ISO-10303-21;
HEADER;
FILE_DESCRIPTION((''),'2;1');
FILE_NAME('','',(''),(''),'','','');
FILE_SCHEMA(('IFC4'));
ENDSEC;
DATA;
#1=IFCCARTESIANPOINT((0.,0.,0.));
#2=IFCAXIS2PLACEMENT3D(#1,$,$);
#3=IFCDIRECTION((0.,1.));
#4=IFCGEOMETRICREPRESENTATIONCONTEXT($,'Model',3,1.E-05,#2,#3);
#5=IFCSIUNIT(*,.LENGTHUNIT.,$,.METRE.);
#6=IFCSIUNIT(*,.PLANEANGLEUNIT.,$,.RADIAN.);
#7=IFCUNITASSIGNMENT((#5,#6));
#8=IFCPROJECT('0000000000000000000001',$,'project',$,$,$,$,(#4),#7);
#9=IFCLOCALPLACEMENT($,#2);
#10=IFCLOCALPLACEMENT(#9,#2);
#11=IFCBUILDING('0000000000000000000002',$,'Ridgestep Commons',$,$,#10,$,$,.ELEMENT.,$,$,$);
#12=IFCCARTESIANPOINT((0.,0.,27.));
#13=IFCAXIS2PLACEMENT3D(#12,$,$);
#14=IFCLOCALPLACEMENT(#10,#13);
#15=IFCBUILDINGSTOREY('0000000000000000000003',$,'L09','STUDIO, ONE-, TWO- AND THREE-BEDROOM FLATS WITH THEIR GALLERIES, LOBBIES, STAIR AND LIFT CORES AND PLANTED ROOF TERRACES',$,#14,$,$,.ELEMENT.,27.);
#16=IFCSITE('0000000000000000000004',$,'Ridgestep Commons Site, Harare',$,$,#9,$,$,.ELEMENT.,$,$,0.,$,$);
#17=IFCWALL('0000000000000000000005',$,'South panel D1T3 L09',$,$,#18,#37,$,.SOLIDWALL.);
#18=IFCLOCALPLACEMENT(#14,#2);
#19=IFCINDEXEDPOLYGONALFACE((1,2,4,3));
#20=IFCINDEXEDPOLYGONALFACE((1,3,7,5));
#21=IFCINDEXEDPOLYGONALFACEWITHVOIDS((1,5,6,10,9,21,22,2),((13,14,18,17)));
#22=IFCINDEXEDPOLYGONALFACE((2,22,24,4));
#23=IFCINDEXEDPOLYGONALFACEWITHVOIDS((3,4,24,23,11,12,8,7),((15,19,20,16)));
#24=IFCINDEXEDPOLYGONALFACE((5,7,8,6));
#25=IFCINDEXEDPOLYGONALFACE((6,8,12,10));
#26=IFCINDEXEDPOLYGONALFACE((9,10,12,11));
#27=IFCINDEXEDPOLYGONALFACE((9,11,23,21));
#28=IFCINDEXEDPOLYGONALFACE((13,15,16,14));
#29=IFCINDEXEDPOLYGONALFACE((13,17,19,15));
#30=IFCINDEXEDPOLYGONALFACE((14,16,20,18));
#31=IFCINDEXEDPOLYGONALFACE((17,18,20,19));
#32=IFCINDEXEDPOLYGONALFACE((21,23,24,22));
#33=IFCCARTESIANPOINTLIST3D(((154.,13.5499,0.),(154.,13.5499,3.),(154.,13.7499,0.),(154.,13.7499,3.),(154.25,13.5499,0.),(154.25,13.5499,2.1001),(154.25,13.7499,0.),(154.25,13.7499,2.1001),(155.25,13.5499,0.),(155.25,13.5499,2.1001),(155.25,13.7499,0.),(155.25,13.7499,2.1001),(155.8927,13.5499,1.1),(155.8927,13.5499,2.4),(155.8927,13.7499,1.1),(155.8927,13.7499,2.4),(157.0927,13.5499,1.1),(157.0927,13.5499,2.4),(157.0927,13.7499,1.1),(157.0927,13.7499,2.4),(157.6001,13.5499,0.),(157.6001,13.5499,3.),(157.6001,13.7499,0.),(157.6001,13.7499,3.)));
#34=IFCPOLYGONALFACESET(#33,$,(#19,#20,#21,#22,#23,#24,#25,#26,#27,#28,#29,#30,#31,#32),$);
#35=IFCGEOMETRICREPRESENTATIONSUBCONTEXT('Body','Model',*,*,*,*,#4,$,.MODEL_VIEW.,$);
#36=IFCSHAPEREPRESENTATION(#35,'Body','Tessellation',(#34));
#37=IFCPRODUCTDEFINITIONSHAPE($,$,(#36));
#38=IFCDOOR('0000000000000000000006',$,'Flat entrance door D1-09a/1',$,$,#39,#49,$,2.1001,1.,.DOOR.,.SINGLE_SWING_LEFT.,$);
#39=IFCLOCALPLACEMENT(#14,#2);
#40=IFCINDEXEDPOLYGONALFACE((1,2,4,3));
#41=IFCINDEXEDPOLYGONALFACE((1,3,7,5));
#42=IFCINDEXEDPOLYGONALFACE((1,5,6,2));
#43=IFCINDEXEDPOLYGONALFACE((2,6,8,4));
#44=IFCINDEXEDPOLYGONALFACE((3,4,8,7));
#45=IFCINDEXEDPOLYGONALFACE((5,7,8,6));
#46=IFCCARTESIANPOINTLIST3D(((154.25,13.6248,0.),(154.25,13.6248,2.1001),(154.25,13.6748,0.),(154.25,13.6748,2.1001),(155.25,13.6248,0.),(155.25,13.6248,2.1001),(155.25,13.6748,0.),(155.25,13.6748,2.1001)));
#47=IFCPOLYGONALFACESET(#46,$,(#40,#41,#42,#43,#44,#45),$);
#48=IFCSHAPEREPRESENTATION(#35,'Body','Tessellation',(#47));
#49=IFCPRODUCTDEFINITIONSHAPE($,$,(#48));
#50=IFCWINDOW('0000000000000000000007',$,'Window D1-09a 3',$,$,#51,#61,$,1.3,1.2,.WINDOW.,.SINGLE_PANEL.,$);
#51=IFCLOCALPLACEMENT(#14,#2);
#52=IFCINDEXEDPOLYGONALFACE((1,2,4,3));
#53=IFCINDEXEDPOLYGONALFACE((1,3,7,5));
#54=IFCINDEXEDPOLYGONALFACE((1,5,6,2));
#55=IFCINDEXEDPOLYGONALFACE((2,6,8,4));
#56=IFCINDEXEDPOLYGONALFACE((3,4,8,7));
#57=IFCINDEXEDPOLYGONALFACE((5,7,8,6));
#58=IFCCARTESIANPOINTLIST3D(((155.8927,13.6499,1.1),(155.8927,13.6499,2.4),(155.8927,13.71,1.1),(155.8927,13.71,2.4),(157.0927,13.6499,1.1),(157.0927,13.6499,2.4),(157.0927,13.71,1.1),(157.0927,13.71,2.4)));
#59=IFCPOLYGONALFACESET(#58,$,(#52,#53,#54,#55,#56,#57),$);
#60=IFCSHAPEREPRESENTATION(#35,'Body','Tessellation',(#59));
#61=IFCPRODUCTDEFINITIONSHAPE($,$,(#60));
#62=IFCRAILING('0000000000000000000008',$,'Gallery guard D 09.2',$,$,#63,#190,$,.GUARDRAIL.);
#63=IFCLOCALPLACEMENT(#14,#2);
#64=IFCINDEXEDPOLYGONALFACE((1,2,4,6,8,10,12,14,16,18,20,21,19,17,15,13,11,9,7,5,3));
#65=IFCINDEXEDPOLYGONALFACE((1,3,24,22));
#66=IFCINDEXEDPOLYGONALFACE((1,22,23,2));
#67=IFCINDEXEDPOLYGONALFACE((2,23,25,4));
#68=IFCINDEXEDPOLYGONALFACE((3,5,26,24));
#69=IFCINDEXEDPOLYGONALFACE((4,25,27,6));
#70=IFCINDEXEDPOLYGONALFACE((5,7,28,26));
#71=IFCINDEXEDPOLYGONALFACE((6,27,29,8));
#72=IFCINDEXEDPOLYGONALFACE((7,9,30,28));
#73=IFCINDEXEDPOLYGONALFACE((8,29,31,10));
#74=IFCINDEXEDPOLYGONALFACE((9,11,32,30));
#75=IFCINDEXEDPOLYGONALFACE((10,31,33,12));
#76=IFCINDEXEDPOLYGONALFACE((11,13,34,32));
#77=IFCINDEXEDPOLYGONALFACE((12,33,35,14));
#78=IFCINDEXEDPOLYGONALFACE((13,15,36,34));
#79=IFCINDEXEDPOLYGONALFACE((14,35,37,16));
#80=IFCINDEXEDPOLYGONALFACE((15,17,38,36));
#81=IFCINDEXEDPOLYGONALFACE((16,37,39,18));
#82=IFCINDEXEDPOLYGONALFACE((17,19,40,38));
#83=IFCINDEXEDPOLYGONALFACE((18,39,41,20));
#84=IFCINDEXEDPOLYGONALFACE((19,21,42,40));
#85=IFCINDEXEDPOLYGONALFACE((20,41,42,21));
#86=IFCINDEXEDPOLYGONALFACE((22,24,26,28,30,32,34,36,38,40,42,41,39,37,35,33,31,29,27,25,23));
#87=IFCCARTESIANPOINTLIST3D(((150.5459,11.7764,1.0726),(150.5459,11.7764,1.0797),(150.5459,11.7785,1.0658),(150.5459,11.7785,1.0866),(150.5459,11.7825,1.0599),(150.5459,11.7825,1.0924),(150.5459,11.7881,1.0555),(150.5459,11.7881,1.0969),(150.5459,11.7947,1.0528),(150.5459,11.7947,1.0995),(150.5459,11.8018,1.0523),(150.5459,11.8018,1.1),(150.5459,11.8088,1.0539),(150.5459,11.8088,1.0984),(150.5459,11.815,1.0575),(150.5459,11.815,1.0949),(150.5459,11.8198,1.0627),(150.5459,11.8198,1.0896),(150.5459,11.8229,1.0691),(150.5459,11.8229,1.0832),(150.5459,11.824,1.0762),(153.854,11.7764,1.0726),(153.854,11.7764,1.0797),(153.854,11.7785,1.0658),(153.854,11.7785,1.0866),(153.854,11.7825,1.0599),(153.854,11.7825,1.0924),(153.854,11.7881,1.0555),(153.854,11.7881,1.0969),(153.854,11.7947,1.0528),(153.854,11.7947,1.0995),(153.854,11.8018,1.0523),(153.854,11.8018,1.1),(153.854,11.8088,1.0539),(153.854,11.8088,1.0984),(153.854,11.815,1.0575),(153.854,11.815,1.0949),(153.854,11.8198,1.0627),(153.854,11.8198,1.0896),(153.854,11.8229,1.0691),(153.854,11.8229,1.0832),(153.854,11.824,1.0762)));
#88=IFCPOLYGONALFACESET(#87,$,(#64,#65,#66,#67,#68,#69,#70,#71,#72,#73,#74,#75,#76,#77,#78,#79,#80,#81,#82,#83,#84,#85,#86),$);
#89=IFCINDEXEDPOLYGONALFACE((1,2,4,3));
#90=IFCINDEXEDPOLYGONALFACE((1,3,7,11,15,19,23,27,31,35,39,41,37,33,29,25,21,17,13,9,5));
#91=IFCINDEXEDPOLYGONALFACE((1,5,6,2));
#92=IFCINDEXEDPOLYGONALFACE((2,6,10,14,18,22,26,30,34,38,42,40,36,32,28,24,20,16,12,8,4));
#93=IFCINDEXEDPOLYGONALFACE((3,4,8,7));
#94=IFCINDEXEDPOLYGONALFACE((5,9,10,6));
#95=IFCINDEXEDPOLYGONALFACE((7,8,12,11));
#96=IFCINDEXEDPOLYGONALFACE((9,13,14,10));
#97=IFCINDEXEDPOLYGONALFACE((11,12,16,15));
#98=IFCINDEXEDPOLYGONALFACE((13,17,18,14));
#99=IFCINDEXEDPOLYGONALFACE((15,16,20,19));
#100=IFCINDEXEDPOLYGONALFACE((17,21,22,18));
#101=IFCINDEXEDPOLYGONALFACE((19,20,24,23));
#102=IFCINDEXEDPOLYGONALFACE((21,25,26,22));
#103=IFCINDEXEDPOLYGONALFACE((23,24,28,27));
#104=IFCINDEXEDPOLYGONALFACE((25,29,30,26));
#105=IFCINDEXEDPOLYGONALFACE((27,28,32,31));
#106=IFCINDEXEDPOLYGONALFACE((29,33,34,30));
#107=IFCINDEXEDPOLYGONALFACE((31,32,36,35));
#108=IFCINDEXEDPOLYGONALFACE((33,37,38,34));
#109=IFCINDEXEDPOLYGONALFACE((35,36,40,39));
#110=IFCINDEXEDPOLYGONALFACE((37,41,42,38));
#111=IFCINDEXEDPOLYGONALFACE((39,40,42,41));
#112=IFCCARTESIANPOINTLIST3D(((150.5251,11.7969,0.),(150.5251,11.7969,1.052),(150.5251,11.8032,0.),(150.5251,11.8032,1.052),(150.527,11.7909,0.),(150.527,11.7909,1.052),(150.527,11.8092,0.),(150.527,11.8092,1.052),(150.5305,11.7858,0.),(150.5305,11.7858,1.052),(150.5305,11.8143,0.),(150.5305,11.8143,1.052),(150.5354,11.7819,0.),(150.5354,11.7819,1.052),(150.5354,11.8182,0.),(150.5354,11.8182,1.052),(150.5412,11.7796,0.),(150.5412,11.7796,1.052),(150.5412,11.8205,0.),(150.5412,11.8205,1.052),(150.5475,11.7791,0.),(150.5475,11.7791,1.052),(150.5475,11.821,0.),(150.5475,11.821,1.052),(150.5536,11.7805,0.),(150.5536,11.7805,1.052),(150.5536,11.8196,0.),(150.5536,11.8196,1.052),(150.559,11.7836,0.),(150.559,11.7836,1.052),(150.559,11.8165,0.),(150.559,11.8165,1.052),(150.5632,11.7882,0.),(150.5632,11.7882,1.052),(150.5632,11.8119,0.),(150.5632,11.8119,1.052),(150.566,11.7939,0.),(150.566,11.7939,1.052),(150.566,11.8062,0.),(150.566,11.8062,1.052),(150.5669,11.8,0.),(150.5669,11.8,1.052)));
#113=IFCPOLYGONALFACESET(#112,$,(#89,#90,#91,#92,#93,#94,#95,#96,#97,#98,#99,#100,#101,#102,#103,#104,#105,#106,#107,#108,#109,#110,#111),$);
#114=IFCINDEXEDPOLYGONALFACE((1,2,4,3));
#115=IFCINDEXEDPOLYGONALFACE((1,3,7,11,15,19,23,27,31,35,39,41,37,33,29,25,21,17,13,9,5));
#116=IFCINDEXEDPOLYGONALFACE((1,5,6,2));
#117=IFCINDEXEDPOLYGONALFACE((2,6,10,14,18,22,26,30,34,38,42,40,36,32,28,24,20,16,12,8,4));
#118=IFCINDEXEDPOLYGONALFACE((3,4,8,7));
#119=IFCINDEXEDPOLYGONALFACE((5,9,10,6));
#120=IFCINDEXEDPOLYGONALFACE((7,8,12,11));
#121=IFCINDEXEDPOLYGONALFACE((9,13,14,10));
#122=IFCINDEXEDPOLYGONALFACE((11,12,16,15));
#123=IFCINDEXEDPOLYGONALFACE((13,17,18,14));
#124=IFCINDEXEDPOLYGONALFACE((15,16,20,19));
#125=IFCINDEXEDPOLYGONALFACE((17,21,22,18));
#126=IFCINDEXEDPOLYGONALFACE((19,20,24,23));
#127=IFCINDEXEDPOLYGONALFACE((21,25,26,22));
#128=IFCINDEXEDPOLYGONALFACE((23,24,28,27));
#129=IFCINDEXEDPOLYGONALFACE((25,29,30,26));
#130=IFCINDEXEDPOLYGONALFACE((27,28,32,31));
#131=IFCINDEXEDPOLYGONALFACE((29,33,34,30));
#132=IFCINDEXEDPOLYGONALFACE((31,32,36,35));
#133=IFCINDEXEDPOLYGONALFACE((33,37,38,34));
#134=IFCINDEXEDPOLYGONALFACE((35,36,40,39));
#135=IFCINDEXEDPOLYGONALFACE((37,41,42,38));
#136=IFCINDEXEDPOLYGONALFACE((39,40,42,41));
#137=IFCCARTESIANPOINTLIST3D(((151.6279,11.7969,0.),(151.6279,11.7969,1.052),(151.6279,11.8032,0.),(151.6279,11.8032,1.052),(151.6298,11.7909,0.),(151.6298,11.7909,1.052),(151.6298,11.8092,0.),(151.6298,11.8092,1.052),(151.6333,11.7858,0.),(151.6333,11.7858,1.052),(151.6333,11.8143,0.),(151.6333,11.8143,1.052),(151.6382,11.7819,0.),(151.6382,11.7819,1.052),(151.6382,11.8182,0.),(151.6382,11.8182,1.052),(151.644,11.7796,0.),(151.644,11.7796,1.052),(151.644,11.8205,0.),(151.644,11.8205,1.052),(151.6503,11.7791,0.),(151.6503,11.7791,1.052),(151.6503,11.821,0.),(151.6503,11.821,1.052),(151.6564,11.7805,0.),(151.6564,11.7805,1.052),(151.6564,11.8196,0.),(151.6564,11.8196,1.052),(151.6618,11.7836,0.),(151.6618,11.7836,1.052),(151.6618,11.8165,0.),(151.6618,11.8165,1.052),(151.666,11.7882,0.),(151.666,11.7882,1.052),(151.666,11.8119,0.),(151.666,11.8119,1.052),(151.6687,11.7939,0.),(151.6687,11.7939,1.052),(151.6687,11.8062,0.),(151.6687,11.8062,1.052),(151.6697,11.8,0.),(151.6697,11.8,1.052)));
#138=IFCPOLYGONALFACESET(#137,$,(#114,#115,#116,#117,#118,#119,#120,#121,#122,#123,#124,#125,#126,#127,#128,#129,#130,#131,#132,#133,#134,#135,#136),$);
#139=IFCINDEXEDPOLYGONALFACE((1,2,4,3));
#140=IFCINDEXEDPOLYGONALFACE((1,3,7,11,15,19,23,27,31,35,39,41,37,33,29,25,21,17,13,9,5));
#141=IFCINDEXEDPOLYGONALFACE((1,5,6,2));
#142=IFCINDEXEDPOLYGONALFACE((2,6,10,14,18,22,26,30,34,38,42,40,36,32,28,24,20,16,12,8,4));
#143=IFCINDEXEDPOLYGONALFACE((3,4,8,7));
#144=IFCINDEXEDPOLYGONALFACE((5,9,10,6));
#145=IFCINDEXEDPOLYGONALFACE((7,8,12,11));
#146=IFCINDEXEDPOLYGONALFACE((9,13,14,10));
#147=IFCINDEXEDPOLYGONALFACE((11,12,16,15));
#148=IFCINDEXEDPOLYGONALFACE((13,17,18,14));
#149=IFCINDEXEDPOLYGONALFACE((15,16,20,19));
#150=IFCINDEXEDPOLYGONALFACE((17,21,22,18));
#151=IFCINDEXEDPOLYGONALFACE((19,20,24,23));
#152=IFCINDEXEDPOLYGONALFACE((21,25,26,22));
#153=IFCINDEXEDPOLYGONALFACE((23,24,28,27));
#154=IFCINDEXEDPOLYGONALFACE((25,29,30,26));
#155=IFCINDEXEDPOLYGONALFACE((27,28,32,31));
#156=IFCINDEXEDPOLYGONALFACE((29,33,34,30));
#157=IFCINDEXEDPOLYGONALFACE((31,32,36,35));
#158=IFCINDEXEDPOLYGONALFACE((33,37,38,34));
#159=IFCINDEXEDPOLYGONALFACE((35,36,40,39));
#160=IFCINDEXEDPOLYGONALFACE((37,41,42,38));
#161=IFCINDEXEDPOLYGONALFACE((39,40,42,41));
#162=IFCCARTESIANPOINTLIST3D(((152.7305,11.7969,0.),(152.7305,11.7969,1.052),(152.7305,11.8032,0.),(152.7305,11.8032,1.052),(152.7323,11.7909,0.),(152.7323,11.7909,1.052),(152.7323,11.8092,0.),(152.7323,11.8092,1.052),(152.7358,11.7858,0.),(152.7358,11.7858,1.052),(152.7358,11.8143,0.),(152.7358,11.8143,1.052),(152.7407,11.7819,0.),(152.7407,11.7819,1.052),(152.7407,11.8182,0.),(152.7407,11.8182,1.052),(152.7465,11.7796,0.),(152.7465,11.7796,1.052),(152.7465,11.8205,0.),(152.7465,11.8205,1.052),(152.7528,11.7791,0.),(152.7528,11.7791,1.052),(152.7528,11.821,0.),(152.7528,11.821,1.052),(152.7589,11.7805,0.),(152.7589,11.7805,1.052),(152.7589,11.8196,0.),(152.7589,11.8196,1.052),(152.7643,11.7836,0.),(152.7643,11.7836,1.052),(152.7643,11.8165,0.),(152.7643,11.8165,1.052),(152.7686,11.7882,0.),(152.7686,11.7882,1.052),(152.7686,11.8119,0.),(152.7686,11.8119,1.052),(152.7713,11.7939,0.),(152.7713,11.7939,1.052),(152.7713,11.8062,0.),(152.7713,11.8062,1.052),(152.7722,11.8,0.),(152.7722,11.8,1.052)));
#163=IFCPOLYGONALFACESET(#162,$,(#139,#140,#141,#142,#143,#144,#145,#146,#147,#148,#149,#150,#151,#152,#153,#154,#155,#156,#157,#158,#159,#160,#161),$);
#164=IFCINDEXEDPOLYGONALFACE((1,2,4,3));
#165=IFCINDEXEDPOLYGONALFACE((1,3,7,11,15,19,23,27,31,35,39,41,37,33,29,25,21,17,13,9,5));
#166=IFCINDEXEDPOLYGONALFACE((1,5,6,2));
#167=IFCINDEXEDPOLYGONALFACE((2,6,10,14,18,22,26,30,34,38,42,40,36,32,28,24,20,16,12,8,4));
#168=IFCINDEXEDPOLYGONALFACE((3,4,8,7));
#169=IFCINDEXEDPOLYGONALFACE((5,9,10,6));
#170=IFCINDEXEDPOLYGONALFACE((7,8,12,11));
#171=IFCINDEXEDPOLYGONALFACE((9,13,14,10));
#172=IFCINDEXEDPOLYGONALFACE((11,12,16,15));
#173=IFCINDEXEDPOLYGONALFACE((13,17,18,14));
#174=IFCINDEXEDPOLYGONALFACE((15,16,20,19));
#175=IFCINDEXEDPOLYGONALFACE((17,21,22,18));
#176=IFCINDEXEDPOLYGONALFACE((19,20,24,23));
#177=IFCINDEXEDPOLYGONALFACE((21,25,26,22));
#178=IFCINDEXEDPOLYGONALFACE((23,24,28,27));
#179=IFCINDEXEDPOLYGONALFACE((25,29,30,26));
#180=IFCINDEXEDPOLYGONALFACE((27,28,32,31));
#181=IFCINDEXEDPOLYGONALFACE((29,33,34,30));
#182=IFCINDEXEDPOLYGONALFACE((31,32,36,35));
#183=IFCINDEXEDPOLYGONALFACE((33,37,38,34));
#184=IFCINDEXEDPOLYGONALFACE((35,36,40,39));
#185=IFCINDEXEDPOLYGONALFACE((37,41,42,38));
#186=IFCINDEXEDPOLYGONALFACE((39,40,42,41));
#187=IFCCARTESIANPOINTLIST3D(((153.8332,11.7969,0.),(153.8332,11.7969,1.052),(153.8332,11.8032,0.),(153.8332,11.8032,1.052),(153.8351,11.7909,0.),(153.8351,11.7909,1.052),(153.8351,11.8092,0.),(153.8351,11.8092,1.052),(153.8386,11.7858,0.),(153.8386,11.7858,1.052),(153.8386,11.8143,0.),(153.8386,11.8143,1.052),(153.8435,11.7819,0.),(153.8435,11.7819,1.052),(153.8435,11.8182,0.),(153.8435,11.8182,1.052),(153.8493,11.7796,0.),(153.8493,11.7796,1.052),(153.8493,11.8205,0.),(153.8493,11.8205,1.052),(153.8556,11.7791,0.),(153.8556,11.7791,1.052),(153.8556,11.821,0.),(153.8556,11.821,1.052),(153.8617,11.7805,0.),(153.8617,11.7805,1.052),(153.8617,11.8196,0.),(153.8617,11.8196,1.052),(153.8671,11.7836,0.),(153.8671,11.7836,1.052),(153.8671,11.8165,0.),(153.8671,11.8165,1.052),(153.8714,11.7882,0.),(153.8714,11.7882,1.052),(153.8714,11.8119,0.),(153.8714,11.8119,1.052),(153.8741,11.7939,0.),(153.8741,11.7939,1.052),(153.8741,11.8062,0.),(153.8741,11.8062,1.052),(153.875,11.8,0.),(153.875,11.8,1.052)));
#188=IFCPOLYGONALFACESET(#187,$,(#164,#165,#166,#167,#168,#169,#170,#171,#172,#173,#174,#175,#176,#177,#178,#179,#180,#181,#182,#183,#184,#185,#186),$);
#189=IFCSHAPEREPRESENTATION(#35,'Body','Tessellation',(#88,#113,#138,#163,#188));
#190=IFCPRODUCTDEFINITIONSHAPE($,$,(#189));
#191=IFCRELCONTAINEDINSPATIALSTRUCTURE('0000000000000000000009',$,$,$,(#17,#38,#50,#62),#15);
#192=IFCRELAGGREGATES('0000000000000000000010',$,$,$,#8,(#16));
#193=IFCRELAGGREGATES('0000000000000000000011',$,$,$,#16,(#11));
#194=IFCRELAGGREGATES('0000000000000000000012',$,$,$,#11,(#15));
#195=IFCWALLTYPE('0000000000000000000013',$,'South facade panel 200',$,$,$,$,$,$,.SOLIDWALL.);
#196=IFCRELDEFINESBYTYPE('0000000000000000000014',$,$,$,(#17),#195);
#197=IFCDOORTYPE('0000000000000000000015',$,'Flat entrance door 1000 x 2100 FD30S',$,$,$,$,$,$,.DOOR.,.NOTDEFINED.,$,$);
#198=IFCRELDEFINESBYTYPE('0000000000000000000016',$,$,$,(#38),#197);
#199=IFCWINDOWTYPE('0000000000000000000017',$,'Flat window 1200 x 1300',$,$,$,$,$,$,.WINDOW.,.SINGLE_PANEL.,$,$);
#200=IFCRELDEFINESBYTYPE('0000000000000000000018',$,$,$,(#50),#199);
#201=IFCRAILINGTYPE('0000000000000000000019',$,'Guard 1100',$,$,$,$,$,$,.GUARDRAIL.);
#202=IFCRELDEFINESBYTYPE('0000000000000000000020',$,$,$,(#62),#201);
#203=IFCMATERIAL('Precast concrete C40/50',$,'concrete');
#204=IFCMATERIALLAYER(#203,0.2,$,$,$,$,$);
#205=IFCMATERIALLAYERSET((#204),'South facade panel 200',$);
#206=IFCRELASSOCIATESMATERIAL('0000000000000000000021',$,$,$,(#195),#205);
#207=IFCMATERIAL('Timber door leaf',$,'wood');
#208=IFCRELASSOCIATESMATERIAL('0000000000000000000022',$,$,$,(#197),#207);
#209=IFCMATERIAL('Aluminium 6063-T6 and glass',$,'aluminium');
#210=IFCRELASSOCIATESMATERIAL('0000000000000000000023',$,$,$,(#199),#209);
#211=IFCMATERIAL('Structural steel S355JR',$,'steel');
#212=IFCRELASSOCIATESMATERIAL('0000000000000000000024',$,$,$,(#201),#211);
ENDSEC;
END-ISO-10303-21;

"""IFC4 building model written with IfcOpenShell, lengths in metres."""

from ifc_helpers import new_model, si_unit, direction, frame, frame_2d, origin, origin_2d, place, context, subcontext, project, spatial, rectangle, circle, extrude, material, layer, layer_set, type_object, element, fill, save


model = new_model("IFC4")

# Units and contexts
model_context = context("Model", 3, precision=1e-05, world=origin(), true_north=direction((0.0, 1.0)))
body_context = subcontext(model_context, "Body", "Model", "MODEL_VIEW")
ifc_project = project(units=[si_unit("LENGTHUNIT", "METRE"), si_unit("PLANEANGLEUNIT", "RADIAN")], contexts=[model_context])

# Site, building, storey
site_placement = place(None, origin())
site = spatial("IfcSite", under=ifc_project, at=site_placement, Name="Ridgestep Commons Site, Harare", CompositionType="ELEMENT", RefElevation=0.0)
building_placement = place(site_placement, origin())
building = spatial("IfcBuilding", under=site, at=building_placement, Name="Ridgestep Commons", CompositionType="ELEMENT")
storey_placement = place(building_placement, frame((0.0, 0.0, 27.0)))
storey = spatial("IfcBuildingStorey", under=building, at=storey_placement, Name="L09", Description="STUDIO, ONE-, TWO- AND THREE-BEDROOM FLATS WITH THEIR GALLERIES, LOBBIES, STAIR AND LIFT CORES AND PLANTED ROOF TERRACES", CompositionType="ELEMENT", Elevation=27.0)

# Wall, openings, door, window
ifc_material_1 = material(Name="Precast concrete C40/50", Category="concrete")
ifc_layer_1 = layer(ifc_material_1, 0.2)
ifc_layer_set_1 = layer_set([ifc_layer_1], Name="South facade panel 200")
wall_type_1 = type_object("IfcWallType", Name="South facade panel 200", PredefinedType="SOLIDWALL", material=ifc_layer_set_1)
wall_1_placement = place(storey_placement, frame((154.0, 13.6499, 0.0), z_axis=(0.0, 0.0, 1.0), x_axis=(1.0, 0.0, 0.0)))
wall_1 = element("IfcWall", 1, at=wall_1_placement, inside=storey, type_object=wall_type_1, Name="South panel D1T3 L09", PredefinedType="SOLIDWALL", context=body_context, shape_type="SweptSolid", body=[
    extrude(rectangle(XDim=3.6001, YDim=0.2, at=frame_2d((1.8, 0.0))), origin(), (0.0, 0.0, 1.0), 3.0),
])
opening_1_placement = place(wall_1_placement, frame((1.8926, 0.0, 1.1001)))
opening_1 = element("IfcOpeningElement", 2, at=opening_1_placement, cuts=wall_1, PredefinedType="OPENING", context=body_context, shape_type="SweptSolid", body=[
    extrude(rectangle(XDim=1.2, YDim=1.3, at=frame_2d((0.6001, 0.6499))), frame((0.0, 0.1099, 0.0), z_axis=(0.0, -1.0, 0.0), x_axis=(1.0, 0.0, 0.0)), (0.0, 0.0, 1.0), 0.22),
])
opening_2_placement = place(wall_1_placement, frame((0.25, 0.0, 0.0)))
opening_2 = element("IfcOpeningElement", 3, at=opening_2_placement, cuts=wall_1, PredefinedType="OPENING", context=body_context, shape_type="SweptSolid", body=[
    extrude(rectangle(XDim=1.0, YDim=2.1001, at=frame_2d((0.5, 1.05))), frame((0.0, 0.1099, 0.0), z_axis=(0.0, -1.0, 0.0), x_axis=(1.0, 0.0, 0.0)), (0.0, 0.0, 1.0), 0.22),
])
ifc_material_2 = material(Name="Timber door leaf", Category="wood")
door_type_1 = type_object("IfcDoorType", Name="Flat entrance door 1000 x 2100 FD30S", OperationType="NOTDEFINED", PredefinedType="DOOR", material=ifc_material_2)
door_1_placement = place(opening_2_placement, origin())
door_1 = element("IfcDoor", 4, at=door_1_placement, inside=storey, type_object=door_type_1, Name="Flat entrance door D1-09a/1", OperationType="SINGLE_SWING_LEFT", OverallHeight=2.1001, OverallWidth=1.0, PredefinedType="DOOR", context=body_context, shape_type="SweptSolid", body=[
    extrude(rectangle(XDim=1.0, YDim=2.1001, at=frame_2d((0.5, 1.05))), frame((0.0, 0.0249, 0.0), z_axis=(0.0, -1.0, 0.0), x_axis=(1.0, 0.0, 0.0)), (0.0, 0.0, 1.0), 0.05),
])
fill(opening_2, door_1)
ifc_material_3 = material(Name="Aluminium 6063-T6 and glass", Category="aluminium")
window_type = type_object("IfcWindowType", Name="Flat window 1200 x 1300", PartitioningType="SINGLE_PANEL", PredefinedType="WINDOW", material=ifc_material_3)
window_placement = place(opening_1_placement, origin())
window = element("IfcWindow", 5, at=window_placement, inside=storey, type_object=window_type, Name="Window D1-09a 3", OverallHeight=1.3, OverallWidth=1.2, PartitioningType="SINGLE_PANEL", PredefinedType="WINDOW", context=body_context, shape_type="SweptSolid", body=[
    extrude(rectangle(XDim=1.2, YDim=1.3, at=frame_2d((0.6001, 0.6499))), frame((0.0, 0.0601, 0.0), z_axis=(0.0, -1.0, 0.0), x_axis=(1.0, 0.0, 0.0)), (0.0, 0.0, 1.0), 0.0601),
])
fill(opening_1, window)

# Railing
ifc_material_4 = material(Name="Structural steel S355JR", Category="steel")
railing_type = type_object("IfcRailingType", Name="Guard 1100", PredefinedType="GUARDRAIL", material=ifc_material_4)
for number, where, name in (
    (6, (150.5459, 11.8, 0.0), "Gallery guard D 09.2"),
):
    element("IfcRailing", number, at=place(storey_placement, frame(where)), inside=storey, type_object=railing_type, Name=name, PredefinedType="GUARDRAIL", context=body_context, shape_type="SweptSolid", body=[
        extrude(circle(Radius=0.0239, at=origin_2d()), frame((0.0, 0.0, 1.0762), z_axis=(1.0, 0.0, 0.0), x_axis=(0.0, 1.0, 0.0)), (0.0, 0.0, 1.0), 3.3081),
        extrude(circle(Radius=0.021, at=origin_2d()), origin(), (0.0, 0.0, 1.0), 1.052),
        extrude(circle(Radius=0.021, at=origin_2d()), frame((1.1028, 0.0, 0.0)), (0.0, 0.0, 1.0), 1.052),
        extrude(circle(Radius=0.021, at=origin_2d()), frame((2.2053, 0.0, 0.0)), (0.0, 0.0, 1.0), 1.052),
        extrude(circle(Radius=0.021, at=origin_2d()), frame((3.3081, 0.0, 0.0)), (0.0, 0.0, 1.0), 1.052),
    ])

save(model, "model.ifc")
